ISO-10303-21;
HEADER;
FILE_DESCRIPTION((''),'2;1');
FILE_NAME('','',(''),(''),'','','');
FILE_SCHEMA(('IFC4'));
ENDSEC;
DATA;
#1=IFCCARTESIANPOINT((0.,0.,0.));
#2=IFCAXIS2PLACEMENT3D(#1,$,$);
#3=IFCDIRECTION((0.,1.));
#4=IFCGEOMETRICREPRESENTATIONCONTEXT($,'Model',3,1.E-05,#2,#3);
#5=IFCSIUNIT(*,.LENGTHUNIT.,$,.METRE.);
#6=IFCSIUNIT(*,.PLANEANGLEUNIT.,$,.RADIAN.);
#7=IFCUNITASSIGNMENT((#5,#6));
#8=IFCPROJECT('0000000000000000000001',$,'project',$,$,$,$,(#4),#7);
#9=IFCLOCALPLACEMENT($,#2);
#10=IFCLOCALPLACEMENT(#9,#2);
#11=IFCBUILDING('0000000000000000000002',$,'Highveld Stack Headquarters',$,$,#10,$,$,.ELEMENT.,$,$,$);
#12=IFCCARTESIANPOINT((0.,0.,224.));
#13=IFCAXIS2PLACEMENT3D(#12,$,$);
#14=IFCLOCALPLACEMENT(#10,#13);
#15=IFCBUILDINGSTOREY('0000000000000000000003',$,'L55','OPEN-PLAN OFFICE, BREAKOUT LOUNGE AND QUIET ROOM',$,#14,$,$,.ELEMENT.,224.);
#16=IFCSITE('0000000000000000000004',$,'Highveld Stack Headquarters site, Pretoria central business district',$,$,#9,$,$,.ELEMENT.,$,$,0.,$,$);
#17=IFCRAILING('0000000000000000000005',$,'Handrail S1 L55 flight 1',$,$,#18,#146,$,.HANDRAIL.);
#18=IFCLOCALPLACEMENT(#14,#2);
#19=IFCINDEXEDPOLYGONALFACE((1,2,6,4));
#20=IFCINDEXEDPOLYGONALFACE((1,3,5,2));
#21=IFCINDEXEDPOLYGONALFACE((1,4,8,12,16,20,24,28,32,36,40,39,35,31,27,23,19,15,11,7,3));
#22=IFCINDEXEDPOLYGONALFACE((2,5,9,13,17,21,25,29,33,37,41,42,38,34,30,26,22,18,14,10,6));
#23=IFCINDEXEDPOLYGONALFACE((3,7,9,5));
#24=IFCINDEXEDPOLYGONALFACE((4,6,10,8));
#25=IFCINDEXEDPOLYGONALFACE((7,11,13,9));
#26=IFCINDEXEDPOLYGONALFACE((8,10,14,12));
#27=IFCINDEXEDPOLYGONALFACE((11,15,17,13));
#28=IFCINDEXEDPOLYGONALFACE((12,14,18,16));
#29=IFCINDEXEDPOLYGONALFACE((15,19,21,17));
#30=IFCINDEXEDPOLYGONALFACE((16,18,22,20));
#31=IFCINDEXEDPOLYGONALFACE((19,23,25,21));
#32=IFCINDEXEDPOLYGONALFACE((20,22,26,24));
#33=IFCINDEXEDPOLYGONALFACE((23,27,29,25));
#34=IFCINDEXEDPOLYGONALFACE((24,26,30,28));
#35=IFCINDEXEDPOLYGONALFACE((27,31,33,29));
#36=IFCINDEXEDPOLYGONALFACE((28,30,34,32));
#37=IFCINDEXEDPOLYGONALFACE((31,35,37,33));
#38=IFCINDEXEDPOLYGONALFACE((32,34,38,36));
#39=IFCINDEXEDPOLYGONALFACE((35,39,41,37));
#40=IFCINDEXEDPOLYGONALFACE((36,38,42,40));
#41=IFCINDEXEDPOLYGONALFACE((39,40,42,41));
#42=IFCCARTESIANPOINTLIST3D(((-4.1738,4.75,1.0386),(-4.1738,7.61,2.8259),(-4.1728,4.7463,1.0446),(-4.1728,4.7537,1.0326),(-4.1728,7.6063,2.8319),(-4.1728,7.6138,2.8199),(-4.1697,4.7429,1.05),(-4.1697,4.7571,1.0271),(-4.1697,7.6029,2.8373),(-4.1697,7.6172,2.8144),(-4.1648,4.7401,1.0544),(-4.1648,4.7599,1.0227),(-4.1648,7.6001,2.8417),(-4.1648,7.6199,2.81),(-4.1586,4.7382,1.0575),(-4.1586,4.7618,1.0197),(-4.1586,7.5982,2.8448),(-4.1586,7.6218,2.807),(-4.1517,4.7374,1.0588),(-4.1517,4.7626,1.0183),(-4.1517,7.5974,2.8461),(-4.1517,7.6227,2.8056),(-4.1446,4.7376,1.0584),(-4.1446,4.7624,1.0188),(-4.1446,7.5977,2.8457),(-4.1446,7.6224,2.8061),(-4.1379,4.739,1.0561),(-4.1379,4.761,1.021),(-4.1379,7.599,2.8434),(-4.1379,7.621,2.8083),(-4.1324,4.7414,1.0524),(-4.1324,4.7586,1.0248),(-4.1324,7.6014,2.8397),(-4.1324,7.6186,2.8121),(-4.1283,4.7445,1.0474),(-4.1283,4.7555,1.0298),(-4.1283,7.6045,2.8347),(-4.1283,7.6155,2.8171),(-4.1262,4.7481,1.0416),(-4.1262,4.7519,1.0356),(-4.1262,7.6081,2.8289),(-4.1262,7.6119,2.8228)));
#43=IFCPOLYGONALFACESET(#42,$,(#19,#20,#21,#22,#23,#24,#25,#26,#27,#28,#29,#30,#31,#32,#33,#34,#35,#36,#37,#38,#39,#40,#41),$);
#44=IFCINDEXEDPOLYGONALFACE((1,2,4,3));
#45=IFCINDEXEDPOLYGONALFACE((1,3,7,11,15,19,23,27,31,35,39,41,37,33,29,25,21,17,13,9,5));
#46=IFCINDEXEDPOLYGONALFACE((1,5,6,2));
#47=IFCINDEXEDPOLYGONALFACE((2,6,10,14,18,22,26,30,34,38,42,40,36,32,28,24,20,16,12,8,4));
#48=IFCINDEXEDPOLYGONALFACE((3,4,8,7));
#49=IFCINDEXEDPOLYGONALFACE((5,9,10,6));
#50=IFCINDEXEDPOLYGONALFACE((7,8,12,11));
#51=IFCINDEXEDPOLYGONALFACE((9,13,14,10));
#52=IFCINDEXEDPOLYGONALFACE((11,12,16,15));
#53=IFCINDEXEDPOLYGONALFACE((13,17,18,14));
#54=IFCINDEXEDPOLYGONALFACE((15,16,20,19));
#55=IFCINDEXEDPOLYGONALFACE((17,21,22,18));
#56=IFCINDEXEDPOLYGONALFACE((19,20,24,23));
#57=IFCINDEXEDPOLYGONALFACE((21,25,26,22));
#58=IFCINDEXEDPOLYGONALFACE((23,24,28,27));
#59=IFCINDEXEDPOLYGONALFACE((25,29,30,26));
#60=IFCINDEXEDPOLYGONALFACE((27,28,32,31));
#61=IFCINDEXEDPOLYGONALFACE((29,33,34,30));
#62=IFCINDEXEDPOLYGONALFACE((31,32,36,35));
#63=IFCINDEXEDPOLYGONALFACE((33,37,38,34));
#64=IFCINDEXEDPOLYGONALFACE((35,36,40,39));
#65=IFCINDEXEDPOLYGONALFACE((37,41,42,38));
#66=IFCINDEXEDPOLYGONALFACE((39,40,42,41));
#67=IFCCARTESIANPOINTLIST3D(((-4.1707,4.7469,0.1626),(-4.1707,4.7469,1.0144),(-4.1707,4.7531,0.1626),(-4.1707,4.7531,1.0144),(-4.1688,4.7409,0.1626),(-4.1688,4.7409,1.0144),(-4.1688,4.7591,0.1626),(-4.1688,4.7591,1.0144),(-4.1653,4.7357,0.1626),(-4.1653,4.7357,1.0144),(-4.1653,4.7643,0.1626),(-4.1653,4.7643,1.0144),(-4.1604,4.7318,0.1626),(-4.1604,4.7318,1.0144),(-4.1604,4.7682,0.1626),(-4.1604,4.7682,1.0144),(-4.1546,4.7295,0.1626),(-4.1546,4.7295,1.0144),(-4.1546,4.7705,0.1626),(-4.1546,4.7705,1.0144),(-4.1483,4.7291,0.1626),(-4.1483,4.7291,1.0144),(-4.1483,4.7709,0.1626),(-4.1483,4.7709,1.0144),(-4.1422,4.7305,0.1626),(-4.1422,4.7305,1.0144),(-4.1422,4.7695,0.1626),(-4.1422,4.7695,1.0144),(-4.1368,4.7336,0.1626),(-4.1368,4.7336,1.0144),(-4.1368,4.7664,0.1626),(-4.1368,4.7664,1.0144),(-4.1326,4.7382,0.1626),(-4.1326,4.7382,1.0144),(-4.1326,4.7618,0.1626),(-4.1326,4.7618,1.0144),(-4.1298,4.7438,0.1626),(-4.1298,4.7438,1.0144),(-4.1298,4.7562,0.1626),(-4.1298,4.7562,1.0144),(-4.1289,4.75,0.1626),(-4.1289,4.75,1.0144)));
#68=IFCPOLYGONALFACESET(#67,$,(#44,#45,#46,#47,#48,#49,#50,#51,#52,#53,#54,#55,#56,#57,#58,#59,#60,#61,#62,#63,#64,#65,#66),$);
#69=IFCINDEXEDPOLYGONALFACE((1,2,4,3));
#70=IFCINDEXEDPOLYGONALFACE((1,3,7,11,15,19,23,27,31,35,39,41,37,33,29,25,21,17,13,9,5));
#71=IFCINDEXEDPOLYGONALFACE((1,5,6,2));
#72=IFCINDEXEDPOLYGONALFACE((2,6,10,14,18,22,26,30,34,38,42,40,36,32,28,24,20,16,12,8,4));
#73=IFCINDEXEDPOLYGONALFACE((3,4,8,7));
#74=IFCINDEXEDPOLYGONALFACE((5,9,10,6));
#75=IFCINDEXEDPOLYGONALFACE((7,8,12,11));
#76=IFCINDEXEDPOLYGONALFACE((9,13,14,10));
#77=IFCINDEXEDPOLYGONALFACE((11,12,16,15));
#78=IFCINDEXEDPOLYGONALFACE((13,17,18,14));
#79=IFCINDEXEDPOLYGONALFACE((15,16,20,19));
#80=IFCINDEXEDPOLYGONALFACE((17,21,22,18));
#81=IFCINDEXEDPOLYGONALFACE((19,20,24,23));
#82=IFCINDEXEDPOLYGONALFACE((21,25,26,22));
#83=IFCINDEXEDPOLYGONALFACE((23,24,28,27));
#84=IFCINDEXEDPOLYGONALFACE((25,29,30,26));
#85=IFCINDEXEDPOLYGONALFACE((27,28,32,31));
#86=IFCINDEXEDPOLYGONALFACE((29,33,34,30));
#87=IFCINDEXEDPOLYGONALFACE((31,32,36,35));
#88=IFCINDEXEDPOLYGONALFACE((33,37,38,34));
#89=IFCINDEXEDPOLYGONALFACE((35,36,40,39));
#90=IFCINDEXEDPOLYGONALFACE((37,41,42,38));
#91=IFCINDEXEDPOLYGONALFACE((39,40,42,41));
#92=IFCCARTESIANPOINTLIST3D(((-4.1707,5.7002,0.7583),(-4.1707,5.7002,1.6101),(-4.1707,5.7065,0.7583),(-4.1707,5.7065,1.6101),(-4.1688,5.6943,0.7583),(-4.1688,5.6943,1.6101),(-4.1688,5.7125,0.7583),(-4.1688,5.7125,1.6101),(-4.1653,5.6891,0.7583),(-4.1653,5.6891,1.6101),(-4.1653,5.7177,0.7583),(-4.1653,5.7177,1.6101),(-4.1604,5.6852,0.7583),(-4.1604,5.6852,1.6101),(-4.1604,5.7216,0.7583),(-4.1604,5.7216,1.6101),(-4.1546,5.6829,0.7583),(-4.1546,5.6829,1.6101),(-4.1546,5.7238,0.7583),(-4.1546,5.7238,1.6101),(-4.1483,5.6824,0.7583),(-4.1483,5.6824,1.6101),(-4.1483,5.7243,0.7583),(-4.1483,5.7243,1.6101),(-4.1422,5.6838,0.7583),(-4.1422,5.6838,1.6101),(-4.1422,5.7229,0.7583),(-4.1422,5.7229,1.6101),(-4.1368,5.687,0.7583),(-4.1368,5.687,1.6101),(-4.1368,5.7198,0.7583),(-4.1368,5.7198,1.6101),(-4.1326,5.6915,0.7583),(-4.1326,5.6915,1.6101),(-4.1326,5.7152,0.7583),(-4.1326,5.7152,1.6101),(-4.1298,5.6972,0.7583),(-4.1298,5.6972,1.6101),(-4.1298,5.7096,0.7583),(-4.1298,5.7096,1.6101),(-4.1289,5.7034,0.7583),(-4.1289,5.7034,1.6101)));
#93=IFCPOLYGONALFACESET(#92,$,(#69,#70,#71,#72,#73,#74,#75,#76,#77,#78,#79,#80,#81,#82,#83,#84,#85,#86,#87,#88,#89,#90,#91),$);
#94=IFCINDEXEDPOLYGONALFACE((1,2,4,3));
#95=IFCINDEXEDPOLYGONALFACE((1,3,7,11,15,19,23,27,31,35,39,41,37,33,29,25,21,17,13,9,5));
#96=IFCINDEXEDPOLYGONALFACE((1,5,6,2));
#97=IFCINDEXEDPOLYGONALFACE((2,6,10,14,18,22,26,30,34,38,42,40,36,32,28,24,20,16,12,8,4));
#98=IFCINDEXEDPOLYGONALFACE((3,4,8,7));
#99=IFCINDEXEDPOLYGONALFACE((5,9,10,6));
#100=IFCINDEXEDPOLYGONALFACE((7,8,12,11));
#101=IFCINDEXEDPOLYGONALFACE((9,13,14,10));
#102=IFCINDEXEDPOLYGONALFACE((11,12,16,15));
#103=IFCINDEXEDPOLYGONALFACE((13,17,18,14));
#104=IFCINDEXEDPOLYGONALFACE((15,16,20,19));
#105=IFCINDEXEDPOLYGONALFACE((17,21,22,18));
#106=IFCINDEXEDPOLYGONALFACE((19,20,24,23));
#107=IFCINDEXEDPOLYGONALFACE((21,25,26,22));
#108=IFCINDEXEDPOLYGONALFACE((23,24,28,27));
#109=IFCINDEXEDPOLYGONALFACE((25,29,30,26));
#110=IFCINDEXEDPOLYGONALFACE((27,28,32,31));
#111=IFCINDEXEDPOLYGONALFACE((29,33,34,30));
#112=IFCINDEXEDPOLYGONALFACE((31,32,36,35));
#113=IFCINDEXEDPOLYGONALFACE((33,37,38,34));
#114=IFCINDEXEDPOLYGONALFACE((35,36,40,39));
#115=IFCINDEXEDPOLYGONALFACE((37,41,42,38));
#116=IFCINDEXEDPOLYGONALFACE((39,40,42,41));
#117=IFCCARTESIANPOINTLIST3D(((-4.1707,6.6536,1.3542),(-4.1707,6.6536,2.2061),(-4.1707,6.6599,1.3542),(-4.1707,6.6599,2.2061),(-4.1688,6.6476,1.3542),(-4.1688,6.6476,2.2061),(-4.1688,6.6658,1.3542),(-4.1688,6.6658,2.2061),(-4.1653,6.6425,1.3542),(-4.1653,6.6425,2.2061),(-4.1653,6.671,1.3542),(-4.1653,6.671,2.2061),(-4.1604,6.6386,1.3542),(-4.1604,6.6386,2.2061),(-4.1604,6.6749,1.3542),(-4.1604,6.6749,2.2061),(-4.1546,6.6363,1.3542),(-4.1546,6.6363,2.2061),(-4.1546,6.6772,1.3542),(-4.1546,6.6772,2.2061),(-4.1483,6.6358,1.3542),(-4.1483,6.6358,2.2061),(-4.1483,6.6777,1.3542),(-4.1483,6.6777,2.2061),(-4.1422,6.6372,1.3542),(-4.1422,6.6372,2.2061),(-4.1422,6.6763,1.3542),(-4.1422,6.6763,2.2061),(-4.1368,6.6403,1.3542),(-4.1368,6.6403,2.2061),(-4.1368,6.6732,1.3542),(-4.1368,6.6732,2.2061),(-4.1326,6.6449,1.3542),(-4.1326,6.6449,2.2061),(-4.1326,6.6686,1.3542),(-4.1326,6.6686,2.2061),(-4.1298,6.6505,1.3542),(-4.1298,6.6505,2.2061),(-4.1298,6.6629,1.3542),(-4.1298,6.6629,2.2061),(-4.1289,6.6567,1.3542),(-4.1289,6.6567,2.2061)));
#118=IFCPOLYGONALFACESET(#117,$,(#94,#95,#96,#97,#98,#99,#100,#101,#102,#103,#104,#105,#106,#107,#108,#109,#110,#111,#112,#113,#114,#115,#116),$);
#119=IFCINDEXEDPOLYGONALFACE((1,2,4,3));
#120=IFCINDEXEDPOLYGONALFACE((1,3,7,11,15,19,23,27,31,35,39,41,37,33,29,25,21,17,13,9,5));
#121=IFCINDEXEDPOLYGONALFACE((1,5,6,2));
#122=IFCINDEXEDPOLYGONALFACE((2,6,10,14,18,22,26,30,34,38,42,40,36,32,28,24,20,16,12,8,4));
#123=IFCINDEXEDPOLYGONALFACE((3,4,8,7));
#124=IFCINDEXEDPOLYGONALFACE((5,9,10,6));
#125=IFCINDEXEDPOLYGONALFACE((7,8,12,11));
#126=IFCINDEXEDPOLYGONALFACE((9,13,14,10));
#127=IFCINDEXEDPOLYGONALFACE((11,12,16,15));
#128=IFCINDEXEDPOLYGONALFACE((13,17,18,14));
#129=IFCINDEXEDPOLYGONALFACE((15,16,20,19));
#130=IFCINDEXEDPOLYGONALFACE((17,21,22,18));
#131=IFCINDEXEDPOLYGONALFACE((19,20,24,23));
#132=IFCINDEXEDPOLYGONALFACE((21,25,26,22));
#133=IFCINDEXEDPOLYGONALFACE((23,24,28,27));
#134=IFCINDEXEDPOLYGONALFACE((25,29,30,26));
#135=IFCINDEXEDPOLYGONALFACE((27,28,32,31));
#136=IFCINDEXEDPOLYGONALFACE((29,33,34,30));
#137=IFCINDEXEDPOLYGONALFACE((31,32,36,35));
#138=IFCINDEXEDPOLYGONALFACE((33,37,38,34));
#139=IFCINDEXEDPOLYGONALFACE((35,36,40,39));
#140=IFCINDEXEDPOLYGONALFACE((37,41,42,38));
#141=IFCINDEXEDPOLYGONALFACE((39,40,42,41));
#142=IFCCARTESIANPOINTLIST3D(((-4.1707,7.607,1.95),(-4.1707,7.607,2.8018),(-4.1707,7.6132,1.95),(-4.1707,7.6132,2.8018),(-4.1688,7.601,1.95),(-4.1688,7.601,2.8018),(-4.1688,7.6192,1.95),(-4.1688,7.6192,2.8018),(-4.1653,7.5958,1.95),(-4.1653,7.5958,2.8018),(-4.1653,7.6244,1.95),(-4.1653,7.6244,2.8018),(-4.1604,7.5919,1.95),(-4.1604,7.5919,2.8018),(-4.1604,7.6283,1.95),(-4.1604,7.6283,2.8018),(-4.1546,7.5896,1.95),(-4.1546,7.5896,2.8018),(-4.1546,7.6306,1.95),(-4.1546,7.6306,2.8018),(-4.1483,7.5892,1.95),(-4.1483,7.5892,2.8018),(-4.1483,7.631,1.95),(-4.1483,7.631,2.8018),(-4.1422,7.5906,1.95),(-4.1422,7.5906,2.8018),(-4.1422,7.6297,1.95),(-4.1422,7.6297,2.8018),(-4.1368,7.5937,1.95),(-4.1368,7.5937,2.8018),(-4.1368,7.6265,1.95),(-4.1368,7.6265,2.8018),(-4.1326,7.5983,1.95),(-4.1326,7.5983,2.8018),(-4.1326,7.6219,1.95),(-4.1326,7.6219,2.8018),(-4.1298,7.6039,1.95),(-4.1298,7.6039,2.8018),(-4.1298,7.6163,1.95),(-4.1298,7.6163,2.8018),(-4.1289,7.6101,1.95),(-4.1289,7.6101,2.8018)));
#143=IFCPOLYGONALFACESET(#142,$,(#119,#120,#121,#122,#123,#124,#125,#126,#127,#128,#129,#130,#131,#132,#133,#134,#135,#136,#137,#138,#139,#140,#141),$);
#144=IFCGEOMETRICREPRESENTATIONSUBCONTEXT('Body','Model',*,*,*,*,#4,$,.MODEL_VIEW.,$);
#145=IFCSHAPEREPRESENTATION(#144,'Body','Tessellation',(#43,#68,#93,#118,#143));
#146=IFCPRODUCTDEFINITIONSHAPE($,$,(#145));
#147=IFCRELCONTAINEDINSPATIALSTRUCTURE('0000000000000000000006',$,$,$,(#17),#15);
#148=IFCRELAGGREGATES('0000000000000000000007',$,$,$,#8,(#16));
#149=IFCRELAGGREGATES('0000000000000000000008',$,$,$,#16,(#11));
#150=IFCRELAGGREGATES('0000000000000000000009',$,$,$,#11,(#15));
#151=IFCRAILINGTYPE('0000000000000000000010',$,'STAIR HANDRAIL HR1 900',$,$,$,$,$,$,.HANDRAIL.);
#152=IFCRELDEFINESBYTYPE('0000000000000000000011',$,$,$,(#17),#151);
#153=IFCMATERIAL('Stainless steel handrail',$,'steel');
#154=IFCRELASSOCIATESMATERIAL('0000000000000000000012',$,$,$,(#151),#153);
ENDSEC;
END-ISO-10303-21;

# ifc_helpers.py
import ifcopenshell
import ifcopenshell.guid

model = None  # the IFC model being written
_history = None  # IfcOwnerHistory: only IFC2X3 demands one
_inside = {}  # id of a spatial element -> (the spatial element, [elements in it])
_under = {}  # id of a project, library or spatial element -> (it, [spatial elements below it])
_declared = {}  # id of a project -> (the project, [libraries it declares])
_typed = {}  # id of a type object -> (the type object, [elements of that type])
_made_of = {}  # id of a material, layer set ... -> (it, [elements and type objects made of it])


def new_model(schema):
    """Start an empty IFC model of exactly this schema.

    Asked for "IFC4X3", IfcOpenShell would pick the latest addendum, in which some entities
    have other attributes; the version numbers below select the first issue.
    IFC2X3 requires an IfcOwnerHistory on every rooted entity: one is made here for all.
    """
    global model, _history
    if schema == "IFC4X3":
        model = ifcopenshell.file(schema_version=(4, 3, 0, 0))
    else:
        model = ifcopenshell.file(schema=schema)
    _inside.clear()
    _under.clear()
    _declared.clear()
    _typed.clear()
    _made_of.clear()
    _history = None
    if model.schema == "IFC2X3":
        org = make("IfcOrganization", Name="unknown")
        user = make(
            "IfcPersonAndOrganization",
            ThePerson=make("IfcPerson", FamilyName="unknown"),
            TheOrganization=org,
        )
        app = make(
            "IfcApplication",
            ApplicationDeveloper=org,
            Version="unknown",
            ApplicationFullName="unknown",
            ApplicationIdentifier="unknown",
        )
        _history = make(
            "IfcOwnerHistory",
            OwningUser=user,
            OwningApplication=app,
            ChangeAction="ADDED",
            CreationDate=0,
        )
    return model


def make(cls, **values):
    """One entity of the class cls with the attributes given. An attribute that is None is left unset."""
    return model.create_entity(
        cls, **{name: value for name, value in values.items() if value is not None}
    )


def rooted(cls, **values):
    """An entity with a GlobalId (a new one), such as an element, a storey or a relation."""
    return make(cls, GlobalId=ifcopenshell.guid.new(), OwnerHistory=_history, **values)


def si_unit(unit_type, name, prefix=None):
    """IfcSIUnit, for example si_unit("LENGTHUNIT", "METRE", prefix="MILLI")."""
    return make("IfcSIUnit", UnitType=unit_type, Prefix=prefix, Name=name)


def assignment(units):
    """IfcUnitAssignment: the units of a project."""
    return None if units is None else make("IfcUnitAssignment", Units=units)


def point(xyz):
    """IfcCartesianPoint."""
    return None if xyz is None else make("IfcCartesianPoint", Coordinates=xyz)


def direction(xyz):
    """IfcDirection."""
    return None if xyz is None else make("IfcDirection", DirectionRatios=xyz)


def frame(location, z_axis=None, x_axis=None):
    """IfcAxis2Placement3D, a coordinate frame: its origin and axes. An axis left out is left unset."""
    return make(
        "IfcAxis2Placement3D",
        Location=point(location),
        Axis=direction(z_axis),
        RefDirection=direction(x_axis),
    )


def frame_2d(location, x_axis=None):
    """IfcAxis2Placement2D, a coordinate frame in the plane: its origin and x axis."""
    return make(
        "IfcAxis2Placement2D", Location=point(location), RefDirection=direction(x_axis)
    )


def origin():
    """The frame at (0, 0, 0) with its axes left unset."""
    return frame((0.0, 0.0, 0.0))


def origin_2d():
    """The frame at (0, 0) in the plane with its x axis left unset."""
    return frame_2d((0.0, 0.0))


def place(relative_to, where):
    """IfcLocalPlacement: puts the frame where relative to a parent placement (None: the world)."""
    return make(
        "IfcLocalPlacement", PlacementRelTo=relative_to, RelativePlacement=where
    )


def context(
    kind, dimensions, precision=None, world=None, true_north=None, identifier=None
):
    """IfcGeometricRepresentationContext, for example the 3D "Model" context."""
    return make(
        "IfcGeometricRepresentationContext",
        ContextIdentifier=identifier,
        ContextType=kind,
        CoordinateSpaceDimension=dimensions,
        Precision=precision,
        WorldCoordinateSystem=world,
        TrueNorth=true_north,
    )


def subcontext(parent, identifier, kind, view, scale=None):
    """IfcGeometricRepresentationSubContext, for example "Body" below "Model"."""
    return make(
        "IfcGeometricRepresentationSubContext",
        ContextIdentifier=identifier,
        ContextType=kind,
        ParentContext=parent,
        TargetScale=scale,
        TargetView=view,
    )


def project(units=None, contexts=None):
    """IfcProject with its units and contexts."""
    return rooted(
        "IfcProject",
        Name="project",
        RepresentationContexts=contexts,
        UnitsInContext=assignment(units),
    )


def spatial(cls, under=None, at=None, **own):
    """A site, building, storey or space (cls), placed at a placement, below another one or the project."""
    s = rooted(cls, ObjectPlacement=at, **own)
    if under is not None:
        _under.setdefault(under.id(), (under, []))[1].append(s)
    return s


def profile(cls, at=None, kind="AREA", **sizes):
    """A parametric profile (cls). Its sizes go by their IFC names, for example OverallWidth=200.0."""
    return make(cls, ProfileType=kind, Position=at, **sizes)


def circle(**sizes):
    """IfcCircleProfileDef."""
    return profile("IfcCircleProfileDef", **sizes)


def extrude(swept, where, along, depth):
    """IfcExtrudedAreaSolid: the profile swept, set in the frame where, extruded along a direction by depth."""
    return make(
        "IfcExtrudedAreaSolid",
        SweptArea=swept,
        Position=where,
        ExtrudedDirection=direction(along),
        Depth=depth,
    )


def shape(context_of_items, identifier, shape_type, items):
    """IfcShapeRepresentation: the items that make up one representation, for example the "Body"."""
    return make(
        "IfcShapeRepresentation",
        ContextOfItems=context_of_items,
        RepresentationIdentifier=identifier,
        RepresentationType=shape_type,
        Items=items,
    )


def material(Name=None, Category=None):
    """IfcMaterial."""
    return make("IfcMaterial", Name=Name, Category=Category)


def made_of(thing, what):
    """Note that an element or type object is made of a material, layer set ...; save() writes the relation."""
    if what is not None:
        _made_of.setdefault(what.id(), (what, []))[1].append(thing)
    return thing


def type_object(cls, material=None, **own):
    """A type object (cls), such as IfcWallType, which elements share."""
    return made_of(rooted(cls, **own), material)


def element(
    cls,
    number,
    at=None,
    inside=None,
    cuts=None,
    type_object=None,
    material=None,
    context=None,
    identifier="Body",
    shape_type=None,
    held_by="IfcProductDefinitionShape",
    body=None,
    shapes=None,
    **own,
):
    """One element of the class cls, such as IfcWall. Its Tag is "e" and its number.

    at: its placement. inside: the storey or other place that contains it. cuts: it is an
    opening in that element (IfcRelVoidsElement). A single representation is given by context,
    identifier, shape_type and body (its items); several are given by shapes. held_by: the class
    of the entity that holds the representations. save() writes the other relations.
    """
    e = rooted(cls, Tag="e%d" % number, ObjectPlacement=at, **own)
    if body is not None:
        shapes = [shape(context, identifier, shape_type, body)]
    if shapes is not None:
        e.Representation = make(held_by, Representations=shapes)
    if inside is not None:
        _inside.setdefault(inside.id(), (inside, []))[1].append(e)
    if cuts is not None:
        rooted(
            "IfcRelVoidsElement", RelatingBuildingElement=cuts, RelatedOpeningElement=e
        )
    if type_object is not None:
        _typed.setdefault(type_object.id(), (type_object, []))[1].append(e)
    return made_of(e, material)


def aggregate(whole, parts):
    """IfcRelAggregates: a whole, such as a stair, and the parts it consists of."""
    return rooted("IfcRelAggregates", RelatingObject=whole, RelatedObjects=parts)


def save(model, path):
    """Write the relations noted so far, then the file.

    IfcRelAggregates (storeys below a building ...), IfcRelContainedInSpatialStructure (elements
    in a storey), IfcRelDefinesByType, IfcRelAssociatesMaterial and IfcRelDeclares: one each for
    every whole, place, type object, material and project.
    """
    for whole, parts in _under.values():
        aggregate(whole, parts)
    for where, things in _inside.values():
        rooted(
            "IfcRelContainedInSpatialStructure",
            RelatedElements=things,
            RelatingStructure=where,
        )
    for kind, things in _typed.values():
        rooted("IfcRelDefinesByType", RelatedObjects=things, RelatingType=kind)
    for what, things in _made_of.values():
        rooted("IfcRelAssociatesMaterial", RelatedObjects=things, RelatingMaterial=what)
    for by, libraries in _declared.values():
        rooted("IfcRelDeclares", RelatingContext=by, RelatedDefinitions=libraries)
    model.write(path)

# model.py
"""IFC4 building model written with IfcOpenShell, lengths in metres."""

from ifc_helpers import new_model, si_unit, direction, frame, origin, origin_2d, place, context, subcontext, project, spatial, circle, extrude, material, type_object, element, save


model = new_model("IFC4")

# Units and contexts
model_context = context("Model", 3, precision=1e-05, world=origin(), true_north=direction((0.0, 1.0)))
body_context = subcontext(model_context, "Body", "Model", "MODEL_VIEW")
ifc_project = project(units=[si_unit("LENGTHUNIT", "METRE"), si_unit("PLANEANGLEUNIT", "RADIAN")], contexts=[model_context])

# Site, building, storey
site_placement = place(None, origin())
site = spatial("IfcSite", under=ifc_project, at=site_placement, Name="Highveld Stack Headquarters site, Pretoria central business district", CompositionType="ELEMENT", RefElevation=0.0)
building_placement = place(site_placement, origin())
building = spatial("IfcBuilding", under=site, at=building_placement, Name="Highveld Stack Headquarters", CompositionType="ELEMENT")
storey_placement = place(building_placement, frame((0.0, 0.0, 224.0)))
storey = spatial("IfcBuildingStorey", under=building, at=storey_placement, Name="L55", Description="OPEN-PLAN OFFICE, BREAKOUT LOUNGE AND QUIET ROOM", CompositionType="ELEMENT", Elevation=224.0)

# Railing
ifc_material_1 = material(Name="Stainless steel handrail", Category="steel")
railing_type = type_object("IfcRailingType", Name="STAIR HANDRAIL HR1 900", PredefinedType="HANDRAIL", material=ifc_material_1)
for number, where, name in (
    (1, (-4.1499, 4.75, 0.1626), "Handrail S1 L55 flight 1"),
):
    element("IfcRailing", number, at=place(storey_placement, frame(where)), inside=storey, type_object=railing_type, Name=name, PredefinedType="HANDRAIL", context=body_context, shape_type="SweptSolid", body=[
        extrude(circle(Radius=0.0239, at=origin_2d()), frame((0.0, 0.0, 0.876), z_axis=(0.0, 0.848027, 0.529953), x_axis=(-1.0, 0.0, 0.0)), (0.0, 0.0, 1.0), 3.3726),
        extrude(circle(Radius=0.021, at=origin_2d()), origin(), (0.0, 0.0, 1.0), 0.8518),
        extrude(circle(Radius=0.021, at=origin_2d()), frame((0.0, 0.9534, 0.5957)), (0.0, 0.0, 1.0), 0.8518),
        extrude(circle(Radius=0.021, at=origin_2d()), frame((0.0, 1.9067, 1.1917)), (0.0, 0.0, 1.0), 0.8518),
        extrude(circle(Radius=0.021, at=origin_2d()), frame((0.0, 2.8601, 1.7874)), (0.0, 0.0, 1.0), 0.8518),
    ])

save(model, "model.ifc")
